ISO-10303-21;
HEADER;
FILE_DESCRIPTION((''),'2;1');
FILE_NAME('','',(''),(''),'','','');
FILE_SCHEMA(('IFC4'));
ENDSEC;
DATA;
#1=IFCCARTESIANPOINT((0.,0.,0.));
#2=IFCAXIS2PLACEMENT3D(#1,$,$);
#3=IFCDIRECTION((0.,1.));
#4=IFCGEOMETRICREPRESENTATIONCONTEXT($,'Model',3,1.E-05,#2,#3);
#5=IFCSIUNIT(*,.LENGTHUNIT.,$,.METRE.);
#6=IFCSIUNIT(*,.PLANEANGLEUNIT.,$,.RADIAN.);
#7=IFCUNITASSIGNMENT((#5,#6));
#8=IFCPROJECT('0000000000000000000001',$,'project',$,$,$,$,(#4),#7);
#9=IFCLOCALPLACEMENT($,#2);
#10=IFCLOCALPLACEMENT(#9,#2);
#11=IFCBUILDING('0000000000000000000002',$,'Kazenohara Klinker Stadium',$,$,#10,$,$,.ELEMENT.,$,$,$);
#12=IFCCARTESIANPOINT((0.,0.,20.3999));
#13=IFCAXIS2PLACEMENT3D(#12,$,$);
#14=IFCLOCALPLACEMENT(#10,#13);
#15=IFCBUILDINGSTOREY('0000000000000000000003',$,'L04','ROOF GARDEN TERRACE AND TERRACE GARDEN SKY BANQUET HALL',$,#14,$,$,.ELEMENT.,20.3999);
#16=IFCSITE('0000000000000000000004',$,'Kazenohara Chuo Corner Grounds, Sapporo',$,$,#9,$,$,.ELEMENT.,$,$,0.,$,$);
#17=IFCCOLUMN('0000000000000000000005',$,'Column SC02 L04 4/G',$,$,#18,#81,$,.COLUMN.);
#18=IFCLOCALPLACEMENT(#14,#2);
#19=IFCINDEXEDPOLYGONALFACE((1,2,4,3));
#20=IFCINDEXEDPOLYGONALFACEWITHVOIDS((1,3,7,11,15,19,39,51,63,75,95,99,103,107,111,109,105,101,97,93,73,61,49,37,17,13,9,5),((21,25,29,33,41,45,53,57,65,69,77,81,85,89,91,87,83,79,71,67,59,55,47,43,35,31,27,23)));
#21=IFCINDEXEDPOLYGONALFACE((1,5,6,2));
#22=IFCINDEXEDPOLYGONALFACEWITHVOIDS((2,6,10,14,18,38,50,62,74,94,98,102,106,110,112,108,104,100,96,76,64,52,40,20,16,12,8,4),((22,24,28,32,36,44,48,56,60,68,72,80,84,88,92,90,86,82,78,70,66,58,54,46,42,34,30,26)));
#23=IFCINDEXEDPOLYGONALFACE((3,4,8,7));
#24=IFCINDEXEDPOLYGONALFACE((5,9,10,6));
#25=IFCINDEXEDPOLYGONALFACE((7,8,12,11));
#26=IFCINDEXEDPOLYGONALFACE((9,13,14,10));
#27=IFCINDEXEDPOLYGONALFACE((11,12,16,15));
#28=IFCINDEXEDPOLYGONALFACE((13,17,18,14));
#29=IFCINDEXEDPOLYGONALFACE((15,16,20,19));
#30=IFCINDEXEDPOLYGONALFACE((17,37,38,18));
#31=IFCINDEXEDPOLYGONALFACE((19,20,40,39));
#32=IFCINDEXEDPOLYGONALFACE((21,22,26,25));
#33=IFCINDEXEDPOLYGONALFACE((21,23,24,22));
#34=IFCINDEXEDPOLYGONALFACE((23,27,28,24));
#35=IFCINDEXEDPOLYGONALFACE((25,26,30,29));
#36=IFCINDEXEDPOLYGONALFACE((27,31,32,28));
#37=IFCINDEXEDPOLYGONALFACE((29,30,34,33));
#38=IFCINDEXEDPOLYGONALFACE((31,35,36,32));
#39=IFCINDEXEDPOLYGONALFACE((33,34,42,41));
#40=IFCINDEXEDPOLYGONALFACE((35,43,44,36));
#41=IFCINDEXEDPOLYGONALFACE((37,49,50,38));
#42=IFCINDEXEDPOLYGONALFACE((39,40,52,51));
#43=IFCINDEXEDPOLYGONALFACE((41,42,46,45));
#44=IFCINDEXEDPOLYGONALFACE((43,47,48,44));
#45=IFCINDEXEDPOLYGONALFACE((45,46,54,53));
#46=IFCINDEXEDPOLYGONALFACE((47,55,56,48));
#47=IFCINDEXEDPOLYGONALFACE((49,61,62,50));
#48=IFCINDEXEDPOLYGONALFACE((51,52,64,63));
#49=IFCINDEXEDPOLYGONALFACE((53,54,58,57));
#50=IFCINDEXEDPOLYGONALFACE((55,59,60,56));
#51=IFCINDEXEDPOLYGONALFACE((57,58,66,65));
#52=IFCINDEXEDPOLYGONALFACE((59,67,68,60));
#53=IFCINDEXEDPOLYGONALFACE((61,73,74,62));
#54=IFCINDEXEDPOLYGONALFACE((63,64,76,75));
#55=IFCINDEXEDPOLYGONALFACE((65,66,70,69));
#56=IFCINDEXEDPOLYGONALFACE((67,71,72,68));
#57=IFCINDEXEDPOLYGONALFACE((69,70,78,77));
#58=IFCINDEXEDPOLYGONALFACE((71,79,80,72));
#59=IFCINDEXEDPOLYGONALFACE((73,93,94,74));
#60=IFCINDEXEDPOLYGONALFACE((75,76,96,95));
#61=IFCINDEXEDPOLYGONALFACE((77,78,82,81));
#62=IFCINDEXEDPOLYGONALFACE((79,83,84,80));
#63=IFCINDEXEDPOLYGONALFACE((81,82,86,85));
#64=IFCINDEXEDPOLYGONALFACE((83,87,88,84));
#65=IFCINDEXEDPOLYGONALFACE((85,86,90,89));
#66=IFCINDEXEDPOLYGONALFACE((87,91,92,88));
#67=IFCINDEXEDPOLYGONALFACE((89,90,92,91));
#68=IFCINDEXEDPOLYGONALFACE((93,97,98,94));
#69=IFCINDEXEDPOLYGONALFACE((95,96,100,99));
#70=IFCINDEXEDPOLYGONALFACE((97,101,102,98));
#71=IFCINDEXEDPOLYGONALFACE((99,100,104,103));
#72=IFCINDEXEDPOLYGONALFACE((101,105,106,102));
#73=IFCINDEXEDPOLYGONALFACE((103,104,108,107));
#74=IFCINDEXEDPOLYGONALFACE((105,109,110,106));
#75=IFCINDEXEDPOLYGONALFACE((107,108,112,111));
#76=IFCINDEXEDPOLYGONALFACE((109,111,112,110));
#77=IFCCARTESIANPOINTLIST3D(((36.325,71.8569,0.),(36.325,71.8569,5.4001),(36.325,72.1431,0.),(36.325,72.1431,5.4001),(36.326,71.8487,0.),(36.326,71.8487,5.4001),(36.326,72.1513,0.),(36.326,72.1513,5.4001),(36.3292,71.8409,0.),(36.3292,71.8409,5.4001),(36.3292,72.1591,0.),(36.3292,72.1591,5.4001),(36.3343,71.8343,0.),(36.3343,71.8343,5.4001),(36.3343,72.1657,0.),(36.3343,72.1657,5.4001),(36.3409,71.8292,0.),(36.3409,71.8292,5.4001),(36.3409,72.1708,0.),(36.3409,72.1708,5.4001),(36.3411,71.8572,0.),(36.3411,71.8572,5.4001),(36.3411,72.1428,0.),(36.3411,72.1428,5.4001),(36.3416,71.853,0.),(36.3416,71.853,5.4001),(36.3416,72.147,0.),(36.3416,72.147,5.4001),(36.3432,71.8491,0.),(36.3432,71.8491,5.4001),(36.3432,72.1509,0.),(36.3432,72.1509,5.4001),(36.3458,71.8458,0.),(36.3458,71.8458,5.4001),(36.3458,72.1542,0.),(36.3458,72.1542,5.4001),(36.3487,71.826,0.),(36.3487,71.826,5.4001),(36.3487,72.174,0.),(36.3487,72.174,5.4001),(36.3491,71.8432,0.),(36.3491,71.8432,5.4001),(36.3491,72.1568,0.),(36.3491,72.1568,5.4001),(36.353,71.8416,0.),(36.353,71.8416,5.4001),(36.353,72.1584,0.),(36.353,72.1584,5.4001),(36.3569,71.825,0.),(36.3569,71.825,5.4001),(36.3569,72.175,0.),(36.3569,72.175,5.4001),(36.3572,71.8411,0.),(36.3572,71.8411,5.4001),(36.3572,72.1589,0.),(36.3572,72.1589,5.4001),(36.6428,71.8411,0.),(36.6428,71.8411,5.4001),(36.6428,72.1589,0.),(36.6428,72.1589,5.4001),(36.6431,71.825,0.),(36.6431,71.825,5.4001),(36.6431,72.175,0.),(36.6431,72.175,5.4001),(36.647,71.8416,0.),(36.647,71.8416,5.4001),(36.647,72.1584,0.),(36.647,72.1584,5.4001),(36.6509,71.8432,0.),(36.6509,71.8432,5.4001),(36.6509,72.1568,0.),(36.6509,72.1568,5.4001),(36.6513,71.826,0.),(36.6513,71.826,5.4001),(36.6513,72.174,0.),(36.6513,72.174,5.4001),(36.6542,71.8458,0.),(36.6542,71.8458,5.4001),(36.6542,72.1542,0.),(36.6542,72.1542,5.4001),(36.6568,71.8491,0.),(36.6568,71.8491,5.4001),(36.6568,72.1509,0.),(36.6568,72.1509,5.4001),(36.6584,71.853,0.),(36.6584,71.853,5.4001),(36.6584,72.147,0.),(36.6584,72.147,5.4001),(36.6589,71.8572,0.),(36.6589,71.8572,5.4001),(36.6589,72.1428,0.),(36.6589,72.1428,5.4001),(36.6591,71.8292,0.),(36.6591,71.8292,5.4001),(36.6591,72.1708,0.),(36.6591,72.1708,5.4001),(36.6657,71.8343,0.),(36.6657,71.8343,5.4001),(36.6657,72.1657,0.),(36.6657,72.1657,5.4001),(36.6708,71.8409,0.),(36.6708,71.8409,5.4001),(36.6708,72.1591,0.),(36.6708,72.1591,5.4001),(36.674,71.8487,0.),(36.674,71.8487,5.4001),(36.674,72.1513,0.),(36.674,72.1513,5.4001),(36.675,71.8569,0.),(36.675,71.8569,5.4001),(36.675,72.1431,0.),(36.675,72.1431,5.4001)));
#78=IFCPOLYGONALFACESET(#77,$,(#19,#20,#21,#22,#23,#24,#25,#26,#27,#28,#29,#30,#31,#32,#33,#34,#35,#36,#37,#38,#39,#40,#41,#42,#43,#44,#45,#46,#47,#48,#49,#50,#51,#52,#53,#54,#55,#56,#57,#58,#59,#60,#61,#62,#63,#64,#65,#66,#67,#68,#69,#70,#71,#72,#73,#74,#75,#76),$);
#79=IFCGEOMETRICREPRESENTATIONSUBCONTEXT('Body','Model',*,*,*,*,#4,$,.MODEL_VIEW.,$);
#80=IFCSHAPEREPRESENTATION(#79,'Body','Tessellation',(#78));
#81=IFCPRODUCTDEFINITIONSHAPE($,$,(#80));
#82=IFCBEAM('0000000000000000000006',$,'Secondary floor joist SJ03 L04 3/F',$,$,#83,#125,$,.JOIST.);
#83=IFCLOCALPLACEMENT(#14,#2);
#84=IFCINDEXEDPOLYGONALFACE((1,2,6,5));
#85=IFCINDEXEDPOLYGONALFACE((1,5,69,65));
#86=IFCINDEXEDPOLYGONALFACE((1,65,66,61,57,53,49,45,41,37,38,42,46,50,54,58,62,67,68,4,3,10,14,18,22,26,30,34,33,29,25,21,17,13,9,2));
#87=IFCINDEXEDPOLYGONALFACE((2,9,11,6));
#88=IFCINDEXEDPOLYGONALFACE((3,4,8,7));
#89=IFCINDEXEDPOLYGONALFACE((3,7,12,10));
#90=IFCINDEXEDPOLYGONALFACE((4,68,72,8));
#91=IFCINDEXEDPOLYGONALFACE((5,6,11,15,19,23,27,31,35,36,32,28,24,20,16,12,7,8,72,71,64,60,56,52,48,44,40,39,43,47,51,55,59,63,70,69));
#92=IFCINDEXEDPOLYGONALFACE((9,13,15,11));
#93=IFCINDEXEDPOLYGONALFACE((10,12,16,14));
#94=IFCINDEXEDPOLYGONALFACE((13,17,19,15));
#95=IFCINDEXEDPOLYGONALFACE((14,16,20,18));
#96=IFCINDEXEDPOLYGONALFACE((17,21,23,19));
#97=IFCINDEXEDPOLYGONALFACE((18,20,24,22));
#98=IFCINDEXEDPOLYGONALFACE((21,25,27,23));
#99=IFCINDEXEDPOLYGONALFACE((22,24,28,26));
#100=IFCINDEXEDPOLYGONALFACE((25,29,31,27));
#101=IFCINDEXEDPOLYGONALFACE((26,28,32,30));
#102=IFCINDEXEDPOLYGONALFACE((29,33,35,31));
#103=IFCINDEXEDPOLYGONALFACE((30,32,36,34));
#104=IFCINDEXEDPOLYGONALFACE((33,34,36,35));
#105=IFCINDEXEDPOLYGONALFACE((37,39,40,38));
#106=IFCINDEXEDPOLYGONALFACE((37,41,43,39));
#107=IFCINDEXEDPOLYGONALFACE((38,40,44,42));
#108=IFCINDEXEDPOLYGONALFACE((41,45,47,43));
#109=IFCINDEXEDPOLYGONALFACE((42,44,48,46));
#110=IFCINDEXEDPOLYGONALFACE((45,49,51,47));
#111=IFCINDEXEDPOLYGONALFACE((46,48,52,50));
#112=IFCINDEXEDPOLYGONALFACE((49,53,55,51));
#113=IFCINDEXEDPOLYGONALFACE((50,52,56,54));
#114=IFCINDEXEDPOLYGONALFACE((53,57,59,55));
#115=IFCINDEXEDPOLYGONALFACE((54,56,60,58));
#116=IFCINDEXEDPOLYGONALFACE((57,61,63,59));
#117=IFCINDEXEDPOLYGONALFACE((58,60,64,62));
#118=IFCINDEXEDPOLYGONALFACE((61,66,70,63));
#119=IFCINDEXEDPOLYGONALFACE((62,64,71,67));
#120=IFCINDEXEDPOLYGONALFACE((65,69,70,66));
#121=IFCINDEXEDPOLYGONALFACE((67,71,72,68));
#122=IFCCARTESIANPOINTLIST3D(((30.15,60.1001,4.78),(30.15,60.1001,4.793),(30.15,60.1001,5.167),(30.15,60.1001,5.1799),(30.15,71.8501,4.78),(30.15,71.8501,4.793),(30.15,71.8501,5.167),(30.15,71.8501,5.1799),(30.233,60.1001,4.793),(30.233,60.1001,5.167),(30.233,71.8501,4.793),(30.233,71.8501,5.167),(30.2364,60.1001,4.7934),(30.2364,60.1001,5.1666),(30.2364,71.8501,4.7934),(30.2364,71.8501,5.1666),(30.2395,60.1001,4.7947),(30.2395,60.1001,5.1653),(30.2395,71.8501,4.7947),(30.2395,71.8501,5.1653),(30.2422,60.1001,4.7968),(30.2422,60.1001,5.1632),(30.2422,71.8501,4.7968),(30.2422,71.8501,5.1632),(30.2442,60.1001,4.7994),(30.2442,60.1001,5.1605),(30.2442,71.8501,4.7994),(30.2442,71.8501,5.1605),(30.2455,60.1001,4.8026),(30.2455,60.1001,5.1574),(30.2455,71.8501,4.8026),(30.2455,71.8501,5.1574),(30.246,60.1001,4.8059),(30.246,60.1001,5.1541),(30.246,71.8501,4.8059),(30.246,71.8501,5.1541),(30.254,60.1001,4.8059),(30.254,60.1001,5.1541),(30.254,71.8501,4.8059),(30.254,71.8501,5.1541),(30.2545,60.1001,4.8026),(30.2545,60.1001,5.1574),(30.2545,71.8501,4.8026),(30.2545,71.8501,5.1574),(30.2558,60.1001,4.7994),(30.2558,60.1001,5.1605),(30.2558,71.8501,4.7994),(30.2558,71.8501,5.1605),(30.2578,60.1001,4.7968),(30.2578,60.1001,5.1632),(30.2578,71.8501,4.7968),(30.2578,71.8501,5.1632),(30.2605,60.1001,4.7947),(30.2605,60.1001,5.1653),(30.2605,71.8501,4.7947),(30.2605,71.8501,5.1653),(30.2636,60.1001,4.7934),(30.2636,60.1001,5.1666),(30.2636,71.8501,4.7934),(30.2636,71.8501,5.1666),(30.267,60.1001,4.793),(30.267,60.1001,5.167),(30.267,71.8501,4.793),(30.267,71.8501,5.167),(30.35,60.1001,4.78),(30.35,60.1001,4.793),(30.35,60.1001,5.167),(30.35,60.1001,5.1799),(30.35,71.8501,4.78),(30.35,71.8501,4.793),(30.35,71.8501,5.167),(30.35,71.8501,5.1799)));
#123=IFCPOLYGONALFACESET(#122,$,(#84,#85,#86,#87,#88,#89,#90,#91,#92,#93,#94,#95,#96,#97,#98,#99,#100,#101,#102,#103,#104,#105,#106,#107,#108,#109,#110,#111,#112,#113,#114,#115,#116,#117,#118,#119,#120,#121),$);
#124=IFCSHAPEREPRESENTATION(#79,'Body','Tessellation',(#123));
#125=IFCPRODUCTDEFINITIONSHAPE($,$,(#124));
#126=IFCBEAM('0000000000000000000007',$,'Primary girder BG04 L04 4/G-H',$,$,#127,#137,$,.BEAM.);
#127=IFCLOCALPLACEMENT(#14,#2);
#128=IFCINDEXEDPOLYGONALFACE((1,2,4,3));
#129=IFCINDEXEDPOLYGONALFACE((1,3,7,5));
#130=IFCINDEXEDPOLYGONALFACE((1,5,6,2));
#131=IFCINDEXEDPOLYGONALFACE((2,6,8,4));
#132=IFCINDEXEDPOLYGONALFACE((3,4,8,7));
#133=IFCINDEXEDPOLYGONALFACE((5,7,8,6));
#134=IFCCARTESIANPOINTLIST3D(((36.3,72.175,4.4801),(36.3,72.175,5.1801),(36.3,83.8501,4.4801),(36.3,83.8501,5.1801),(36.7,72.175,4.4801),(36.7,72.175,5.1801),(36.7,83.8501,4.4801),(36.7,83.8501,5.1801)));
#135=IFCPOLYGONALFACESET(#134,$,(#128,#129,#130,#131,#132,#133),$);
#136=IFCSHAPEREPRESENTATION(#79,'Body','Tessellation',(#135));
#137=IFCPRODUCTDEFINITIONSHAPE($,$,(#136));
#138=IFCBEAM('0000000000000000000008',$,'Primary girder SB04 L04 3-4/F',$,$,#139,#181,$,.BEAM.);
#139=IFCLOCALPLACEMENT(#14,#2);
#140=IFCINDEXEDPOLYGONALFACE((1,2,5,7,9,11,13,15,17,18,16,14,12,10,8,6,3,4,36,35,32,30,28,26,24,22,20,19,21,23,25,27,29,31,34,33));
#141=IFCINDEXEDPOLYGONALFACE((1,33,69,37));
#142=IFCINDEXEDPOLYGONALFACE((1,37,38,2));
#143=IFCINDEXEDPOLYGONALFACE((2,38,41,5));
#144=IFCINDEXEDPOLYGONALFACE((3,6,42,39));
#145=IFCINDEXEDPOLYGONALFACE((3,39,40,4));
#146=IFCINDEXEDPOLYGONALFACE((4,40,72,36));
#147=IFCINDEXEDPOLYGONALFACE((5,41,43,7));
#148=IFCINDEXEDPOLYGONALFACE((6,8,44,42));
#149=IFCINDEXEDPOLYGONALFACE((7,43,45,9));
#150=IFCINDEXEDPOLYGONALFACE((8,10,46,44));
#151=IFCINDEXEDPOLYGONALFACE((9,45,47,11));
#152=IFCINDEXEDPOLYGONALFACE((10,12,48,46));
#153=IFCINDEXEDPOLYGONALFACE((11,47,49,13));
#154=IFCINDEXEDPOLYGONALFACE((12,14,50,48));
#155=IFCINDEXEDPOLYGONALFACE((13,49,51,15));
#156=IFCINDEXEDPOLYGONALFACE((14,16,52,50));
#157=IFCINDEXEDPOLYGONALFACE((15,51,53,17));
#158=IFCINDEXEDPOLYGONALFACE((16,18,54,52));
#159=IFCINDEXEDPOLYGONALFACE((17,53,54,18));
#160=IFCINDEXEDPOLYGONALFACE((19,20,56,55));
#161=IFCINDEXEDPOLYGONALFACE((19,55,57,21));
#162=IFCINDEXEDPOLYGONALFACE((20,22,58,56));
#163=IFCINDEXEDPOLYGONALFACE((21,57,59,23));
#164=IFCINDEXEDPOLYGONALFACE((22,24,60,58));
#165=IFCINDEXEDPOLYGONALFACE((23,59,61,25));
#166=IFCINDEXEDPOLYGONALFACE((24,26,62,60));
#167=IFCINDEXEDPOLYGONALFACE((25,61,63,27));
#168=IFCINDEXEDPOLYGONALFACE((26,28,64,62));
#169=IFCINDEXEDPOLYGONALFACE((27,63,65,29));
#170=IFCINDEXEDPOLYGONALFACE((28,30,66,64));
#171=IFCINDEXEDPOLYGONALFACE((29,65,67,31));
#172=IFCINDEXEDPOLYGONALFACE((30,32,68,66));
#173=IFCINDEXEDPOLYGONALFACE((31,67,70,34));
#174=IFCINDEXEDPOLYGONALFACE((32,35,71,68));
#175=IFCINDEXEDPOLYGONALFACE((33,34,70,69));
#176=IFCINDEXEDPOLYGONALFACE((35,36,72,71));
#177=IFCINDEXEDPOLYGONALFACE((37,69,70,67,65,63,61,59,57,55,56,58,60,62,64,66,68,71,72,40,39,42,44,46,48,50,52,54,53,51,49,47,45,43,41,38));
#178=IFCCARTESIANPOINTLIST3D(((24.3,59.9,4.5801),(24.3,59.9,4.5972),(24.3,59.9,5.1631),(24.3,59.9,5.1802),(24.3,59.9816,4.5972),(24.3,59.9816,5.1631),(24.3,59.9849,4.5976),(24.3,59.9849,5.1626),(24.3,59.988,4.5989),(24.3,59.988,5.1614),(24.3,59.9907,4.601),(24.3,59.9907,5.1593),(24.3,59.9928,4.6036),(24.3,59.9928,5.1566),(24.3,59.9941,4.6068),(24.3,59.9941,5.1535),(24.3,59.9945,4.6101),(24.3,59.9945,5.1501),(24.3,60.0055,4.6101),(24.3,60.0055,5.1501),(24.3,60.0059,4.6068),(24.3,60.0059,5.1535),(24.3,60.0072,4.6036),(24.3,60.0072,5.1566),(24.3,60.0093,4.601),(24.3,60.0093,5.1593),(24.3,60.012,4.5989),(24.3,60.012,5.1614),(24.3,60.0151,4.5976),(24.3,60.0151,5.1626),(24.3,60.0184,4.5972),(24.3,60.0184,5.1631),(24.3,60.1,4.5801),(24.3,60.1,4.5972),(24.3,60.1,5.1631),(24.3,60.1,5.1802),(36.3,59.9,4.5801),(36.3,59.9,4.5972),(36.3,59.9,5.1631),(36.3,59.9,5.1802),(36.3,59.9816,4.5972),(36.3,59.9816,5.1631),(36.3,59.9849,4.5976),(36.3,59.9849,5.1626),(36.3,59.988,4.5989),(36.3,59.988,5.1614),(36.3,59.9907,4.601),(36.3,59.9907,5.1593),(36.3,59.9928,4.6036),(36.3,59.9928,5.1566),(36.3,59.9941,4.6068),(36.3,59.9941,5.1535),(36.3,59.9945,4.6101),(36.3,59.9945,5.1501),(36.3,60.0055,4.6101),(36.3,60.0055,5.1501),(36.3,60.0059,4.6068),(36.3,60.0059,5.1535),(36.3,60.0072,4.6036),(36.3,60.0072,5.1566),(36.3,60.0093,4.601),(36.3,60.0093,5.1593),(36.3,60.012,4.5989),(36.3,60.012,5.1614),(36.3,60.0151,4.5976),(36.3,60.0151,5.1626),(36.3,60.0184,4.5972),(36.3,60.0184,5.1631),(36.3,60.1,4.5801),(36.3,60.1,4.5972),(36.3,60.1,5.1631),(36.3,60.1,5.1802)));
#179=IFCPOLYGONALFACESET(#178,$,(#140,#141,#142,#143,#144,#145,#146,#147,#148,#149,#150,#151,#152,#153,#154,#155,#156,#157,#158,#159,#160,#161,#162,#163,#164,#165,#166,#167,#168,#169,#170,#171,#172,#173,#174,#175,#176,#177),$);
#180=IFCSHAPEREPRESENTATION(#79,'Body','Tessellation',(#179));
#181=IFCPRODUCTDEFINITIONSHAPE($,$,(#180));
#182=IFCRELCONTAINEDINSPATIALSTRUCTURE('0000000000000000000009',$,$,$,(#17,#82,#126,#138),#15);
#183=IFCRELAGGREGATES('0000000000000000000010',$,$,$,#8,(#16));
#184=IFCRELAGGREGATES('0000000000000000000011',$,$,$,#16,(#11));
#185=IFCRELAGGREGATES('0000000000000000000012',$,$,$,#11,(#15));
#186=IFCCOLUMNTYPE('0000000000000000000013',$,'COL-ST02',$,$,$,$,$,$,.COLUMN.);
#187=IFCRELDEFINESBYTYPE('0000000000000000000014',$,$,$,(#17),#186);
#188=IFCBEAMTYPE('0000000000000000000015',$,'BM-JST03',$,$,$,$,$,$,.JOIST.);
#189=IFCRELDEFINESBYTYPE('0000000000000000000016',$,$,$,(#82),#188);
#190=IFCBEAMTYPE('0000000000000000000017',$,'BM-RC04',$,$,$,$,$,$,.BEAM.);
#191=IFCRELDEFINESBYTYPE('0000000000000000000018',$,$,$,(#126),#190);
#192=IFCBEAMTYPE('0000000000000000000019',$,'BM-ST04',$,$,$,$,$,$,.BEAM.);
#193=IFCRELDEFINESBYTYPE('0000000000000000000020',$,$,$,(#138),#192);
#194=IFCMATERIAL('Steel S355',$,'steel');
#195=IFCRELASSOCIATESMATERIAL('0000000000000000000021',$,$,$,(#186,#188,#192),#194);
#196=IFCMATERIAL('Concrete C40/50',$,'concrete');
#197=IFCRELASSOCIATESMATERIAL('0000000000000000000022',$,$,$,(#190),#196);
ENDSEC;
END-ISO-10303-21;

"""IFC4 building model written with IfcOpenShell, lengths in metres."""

from ifc_helpers import new_model, si_unit, direction, frame, origin, origin_2d, place, context, subcontext, project, spatial, rectangle, hollow_rectangle, i_section, extrude, material, material_profile, profile_set, type_object, element, save


model = new_model("IFC4")

# Units and contexts
model_context = context("Model", 3, precision=1e-05, world=origin(), true_north=direction((0.0, 1.0)))
body_context = subcontext(model_context, "Body", "Model", "MODEL_VIEW")
ifc_project = project(units=[si_unit("LENGTHUNIT", "METRE"), si_unit("PLANEANGLEUNIT", "RADIAN")], contexts=[model_context])

# Site, building, storey
site_placement = place(None, origin())
site = spatial("IfcSite", under=ifc_project, at=site_placement, Name="Kazenohara Chuo Corner Grounds, Sapporo", CompositionType="ELEMENT", RefElevation=0.0)
building_placement = place(site_placement, origin())
building = spatial("IfcBuilding", under=site, at=building_placement, Name="Kazenohara Klinker Stadium", CompositionType="ELEMENT")
storey_placement = place(building_placement, frame((0.0, 0.0, 20.3999)))
storey = spatial("IfcBuildingStorey", under=building, at=storey_placement, Name="L04", Description="ROOF GARDEN TERRACE AND TERRACE GARDEN SKY BANQUET HALL", CompositionType="ELEMENT", Elevation=20.3999)

# Column
ifc_material_1 = material(Name="Steel S355", Category="steel")
ifc_material_profile_1 = material_profile(ifc_material_1, hollow_rectangle(XDim=0.3501, YDim=0.3501, WallThickness=0.0161, InnerFilletRadius=0.0161, OuterFilletRadius=0.032, at=origin_2d()), Name="SHS-350x350x16")
ifc_profile_set_1 = profile_set([ifc_material_profile_1], Name="Steel S355")
column_type_1 = type_object("IfcColumnType", Name="COL-ST02", PredefinedType="COLUMN", material=ifc_profile_set_1)
column_placement = place(storey_placement, frame((36.5, 72.0, 0.0), z_axis=(0.0, 0.0, 1.0), x_axis=(1.0, 0.0, 0.0)))
element("IfcColumn", 1, at=column_placement, inside=storey, type_object=column_type_1, Name="Column SC02 L04 4/G", PredefinedType="COLUMN", context=body_context, shape_type="SweptSolid", body=[
    extrude(hollow_rectangle(XDim=0.3501, YDim=0.3501, WallThickness=0.0161, InnerFilletRadius=0.0161, OuterFilletRadius=0.032, at=origin_2d()), origin(), (0.0, 0.0, 1.0), 5.4001),
])

# Beams
ifc_material_profile_2 = material_profile(ifc_material_1, i_section(OverallWidth=0.2, OverallDepth=0.3999, WebThickness=0.0081, FlangeThickness=0.0129, FilletRadius=0.0129, at=origin_2d()), Name="H-400x200x8x13")
ifc_profile_set_2 = profile_set([ifc_material_profile_2], Name="Steel S355")
beam_type_1 = type_object("IfcBeamType", Name="BM-JST03", PredefinedType="JOIST", material=ifc_profile_set_2)
beam_1_placement = place(storey_placement, frame((30.25, 60.1001, 4.98), z_axis=(0.0, 1.0, 0.0), x_axis=(-1.0, 0.0, 0.0)))
element("IfcBeam", 2, at=beam_1_placement, inside=storey, type_object=beam_type_1, Name="Secondary floor joist SJ03 L04 3/F", PredefinedType="JOIST", context=body_context, shape_type="SweptSolid", body=[
    extrude(i_section(OverallWidth=0.2, OverallDepth=0.3999, WebThickness=0.0081, FlangeThickness=0.0129, FilletRadius=0.0129, at=origin_2d()), origin(), (0.0, 0.0, 1.0), 11.75),
])
ifc_material_2 = material(Name="Concrete C40/50", Category="concrete")
ifc_material_profile_3 = material_profile(ifc_material_2, rectangle(XDim=0.3999, YDim=0.7, at=origin_2d()), Name="RC-BM-400x700")
ifc_profile_set_3 = profile_set([ifc_material_profile_3], Name="Concrete C40/50")
beam_type_2 = type_object("IfcBeamType", Name="BM-RC04", PredefinedType="BEAM", material=ifc_profile_set_3)
beam_2_placement = place(storey_placement, frame((36.5, 72.175, 4.8301), z_axis=(0.0, 1.0, 0.0), x_axis=(-1.0, 0.0, 0.0)))
element("IfcBeam", 3, at=beam_2_placement, inside=storey, type_object=beam_type_2, Name="Primary girder BG04 L04 4/G-H", PredefinedType="BEAM", context=body_context, shape_type="SweptSolid", body=[
    extrude(rectangle(XDim=0.3999, YDim=0.7, at=origin_2d()), origin(), (0.0, 0.0, 1.0), 11.675),
])
ifc_material_profile_4 = material_profile(ifc_material_1, i_section(OverallWidth=0.2, OverallDepth=0.6001, WebThickness=0.011, FlangeThickness=0.0171, FilletRadius=0.0129, at=origin_2d()), Name="H-600x200x11x17")
ifc_profile_set_4 = profile_set([ifc_material_profile_4], Name="Steel S355")
beam_type_3 = type_object("IfcBeamType", Name="BM-ST04", PredefinedType="BEAM", material=ifc_profile_set_4)
beam_3_placement = place(storey_placement, frame((24.3, 60.0, 4.8801), z_axis=(1.0, 0.0, 0.0), x_axis=(0.0, 1.0, 0.0)))
element("IfcBeam", 4, at=beam_3_placement, inside=storey, type_object=beam_type_3, Name="Primary girder SB04 L04 3-4/F", PredefinedType="BEAM", context=body_context, shape_type="SweptSolid", body=[
    extrude(i_section(OverallWidth=0.2, OverallDepth=0.6001, WebThickness=0.011, FlangeThickness=0.0171, FilletRadius=0.0129, at=origin_2d()), origin(), (0.0, 0.0, 1.0), 12.0),
])

save(model, "model.ifc")
